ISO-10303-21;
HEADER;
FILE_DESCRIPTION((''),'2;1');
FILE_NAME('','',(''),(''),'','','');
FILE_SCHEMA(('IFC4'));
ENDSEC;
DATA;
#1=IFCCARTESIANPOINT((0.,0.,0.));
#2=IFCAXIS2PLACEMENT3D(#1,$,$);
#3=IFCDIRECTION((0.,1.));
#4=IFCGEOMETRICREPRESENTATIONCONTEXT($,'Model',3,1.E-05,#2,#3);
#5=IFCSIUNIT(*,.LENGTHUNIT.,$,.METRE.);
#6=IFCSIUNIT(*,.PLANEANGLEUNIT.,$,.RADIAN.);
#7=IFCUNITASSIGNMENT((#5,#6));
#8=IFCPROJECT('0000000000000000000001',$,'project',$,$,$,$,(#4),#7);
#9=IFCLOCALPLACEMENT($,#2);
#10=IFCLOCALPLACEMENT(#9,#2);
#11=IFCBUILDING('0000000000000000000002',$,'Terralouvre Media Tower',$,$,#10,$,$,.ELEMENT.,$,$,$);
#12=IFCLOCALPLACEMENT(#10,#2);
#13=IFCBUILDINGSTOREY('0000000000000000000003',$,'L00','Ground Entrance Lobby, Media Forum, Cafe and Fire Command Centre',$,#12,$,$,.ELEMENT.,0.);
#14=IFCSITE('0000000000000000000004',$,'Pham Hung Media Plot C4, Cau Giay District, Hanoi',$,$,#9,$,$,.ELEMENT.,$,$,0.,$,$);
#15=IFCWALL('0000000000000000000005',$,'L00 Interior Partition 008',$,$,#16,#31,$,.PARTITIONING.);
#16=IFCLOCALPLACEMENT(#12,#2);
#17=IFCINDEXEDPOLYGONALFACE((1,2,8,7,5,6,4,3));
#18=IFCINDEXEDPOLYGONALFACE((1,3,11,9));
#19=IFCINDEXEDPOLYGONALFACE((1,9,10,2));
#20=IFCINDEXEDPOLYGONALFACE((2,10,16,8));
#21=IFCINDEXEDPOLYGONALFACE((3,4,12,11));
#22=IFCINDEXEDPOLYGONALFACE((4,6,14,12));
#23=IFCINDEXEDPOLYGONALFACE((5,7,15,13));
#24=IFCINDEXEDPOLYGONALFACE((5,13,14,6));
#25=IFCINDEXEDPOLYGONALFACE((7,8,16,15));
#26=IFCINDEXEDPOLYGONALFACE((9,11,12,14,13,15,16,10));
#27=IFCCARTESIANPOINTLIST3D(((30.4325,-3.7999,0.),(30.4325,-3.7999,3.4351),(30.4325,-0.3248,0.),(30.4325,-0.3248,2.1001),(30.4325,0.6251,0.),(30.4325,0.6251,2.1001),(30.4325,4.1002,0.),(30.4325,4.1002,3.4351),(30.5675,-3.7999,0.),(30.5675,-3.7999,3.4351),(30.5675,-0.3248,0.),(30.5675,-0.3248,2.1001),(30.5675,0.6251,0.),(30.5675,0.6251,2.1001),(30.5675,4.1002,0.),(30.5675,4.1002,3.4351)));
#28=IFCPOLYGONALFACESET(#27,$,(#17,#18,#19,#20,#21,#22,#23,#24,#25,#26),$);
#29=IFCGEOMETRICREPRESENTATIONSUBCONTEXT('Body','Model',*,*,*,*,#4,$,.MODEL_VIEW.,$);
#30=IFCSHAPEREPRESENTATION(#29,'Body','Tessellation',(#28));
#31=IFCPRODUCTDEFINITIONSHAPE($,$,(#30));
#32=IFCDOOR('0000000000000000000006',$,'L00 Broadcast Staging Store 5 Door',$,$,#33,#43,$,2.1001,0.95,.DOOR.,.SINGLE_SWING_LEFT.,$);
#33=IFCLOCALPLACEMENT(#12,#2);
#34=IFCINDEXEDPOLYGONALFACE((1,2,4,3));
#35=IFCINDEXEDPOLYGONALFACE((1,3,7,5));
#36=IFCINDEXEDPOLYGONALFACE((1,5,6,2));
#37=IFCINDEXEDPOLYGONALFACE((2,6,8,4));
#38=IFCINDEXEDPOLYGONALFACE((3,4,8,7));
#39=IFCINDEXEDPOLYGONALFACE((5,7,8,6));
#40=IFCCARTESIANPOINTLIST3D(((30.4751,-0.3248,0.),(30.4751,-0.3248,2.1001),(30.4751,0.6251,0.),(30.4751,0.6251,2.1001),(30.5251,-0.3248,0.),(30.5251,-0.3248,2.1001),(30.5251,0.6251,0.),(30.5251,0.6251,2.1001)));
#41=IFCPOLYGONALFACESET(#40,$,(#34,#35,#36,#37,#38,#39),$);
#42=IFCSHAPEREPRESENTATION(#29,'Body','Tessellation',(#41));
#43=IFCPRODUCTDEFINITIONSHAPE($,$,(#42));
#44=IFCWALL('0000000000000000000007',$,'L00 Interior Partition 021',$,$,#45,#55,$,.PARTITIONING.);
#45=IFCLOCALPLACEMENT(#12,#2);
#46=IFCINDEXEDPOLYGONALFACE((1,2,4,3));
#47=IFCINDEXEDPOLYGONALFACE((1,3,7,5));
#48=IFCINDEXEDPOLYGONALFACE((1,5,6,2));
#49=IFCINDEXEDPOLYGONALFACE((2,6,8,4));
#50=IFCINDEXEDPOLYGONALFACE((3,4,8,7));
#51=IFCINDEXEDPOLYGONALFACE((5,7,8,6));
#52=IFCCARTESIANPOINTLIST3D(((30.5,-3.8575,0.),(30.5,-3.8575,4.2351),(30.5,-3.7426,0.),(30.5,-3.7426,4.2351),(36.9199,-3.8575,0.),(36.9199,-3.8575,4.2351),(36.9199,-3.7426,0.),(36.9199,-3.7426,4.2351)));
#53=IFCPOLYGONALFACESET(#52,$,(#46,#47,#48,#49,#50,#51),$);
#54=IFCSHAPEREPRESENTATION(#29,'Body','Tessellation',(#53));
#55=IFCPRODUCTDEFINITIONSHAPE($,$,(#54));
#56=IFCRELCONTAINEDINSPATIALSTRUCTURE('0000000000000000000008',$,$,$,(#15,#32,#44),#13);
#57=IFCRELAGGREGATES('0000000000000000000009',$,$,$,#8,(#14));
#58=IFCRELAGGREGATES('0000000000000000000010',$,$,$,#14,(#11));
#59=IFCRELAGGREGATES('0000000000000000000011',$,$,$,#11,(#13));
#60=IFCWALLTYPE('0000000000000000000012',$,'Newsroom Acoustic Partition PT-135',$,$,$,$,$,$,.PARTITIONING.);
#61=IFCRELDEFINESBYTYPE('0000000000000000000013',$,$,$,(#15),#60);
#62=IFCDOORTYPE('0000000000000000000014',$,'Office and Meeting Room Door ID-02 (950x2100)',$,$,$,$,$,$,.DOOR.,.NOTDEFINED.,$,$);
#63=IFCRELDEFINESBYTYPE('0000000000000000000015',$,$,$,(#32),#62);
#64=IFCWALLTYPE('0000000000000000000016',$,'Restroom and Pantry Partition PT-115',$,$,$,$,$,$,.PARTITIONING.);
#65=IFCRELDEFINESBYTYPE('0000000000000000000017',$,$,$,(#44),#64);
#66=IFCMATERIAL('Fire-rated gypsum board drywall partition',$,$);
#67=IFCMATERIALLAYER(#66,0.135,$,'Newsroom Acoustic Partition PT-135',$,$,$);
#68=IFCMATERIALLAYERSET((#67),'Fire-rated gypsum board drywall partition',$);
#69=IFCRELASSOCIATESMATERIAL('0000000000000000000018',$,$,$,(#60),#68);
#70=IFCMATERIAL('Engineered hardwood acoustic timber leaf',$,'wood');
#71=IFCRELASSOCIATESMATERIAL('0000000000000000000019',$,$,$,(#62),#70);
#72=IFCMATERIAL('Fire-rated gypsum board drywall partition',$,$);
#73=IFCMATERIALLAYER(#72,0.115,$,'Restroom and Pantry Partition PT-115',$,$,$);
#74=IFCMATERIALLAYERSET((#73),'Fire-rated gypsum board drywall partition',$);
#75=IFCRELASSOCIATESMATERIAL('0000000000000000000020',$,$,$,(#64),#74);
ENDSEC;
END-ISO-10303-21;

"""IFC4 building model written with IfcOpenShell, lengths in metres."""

from ifc_helpers import new_model, si_unit, direction, frame, frame_2d, origin, place, context, subcontext, project, spatial, rectangle, extrude, material, layer, layer_set, type_object, element, fill, save


model = new_model("IFC4")

# Units and contexts
model_context = context("Model", 3, precision=1e-05, world=origin(), true_north=direction((0.0, 1.0)))
body_context = subcontext(model_context, "Body", "Model", "MODEL_VIEW")
ifc_project = project(units=[si_unit("LENGTHUNIT", "METRE"), si_unit("PLANEANGLEUNIT", "RADIAN")], contexts=[model_context])

# Site, building, storey
site_placement = place(None, origin())
site = spatial("IfcSite", under=ifc_project, at=site_placement, Name="Pham Hung Media Plot C4, Cau Giay District, Hanoi", CompositionType="ELEMENT", RefElevation=0.0)
building_placement = place(site_placement, origin())
building = spatial("IfcBuilding", under=site, at=building_placement, Name="Terralouvre Media Tower", CompositionType="ELEMENT")
storey_placement = place(building_placement, origin())
storey = spatial("IfcBuildingStorey", under=building, at=storey_placement, Name="L00", Description="Ground Entrance Lobby, Media Forum, Cafe and Fire Command Centre", CompositionType="ELEMENT", Elevation=0.0)

# Wall, opening, door
ifc_material_1 = material(Name="Fire-rated gypsum board drywall partition")
ifc_layer_1 = layer(ifc_material_1, 0.135, Name="Newsroom Acoustic Partition PT-135")
ifc_layer_set_1 = layer_set([ifc_layer_1], Name="Fire-rated gypsum board drywall partition")
wall_type_1 = type_object("IfcWallType", Name="Newsroom Acoustic Partition PT-135", PredefinedType="PARTITIONING", material=ifc_layer_set_1)
wall_1_placement = place(storey_placement, frame((30.5, -3.8, 0.0), z_axis=(0.0, 0.0, 1.0), x_axis=(0.0, 1.0, 0.0)))
wall_1 = element("IfcWall", 1, at=wall_1_placement, inside=storey, type_object=wall_type_1, Name="L00 Interior Partition 008", PredefinedType="PARTITIONING", context=body_context, shape_type="SweptSolid", body=[
    extrude(rectangle(XDim=7.9001, YDim=0.135, at=frame_2d((3.9502, 0.0))), origin(), (0.0, 0.0, 1.0), 3.4351),
])
opening_1_placement = place(wall_1_placement, frame((3.4751, 0.0, 0.0)))
opening_1 = element("IfcOpeningElement", 2, at=opening_1_placement, cuts=wall_1, PredefinedType="OPENING", context=body_context, shape_type="SweptSolid", body=[
    extrude(rectangle(XDim=0.95, YDim=2.1001, at=frame_2d((0.4751, 1.05))), frame((0.0, 0.0774, 0.0), z_axis=(0.0, -1.0, 0.0), x_axis=(1.0, 0.0, 0.0)), (0.0, 0.0, 1.0), 0.155),
])
ifc_material_2 = material(Name="Engineered hardwood acoustic timber leaf", Category="wood")
door_type_1 = type_object("IfcDoorType", Name="Office and Meeting Room Door ID-02 (950x2100)", OperationType="NOTDEFINED", PredefinedType="DOOR", material=ifc_material_2)
door_1_placement = place(opening_1_placement, origin())
door_1 = element("IfcDoor", 3, at=door_1_placement, inside=storey, type_object=door_type_1, Name="L00 Broadcast Staging Store 5 Door", OperationType="SINGLE_SWING_LEFT", OverallHeight=2.1001, OverallWidth=0.95, PredefinedType="DOOR", context=body_context, shape_type="SweptSolid", body=[
    extrude(rectangle(XDim=0.95, YDim=2.1001, at=frame_2d((0.4751, 1.05))), frame((0.0, 0.0249, 0.0), z_axis=(0.0, -1.0, 0.0), x_axis=(1.0, 0.0, 0.0)), (0.0, 0.0, 1.0), 0.05),
])
fill(opening_1, door_1)

# Wall
ifc_material_3 = material(Name="Fire-rated gypsum board drywall partition")
ifc_layer_2 = layer(ifc_material_3, 0.115, Name="Restroom and Pantry Partition PT-115")
ifc_layer_set_2 = layer_set([ifc_layer_2], Name="Fire-rated gypsum board drywall partition")
wall_type_2 = type_object("IfcWallType", Name="Restroom and Pantry Partition PT-115", PredefinedType="PARTITIONING", material=ifc_layer_set_2)
wall_2_placement = place(storey_placement, frame((36.9199, -3.8, 0.0), z_axis=(0.0, 0.0, 1.0), x_axis=(-1.0, 0.0, 0.0)))
element("IfcWall", 4, at=wall_2_placement, inside=storey, type_object=wall_type_2, Name="L00 Interior Partition 021", PredefinedType="PARTITIONING", context=body_context, shape_type="SweptSolid", body=[
    extrude(rectangle(XDim=6.4199, YDim=0.115, at=frame_2d((3.21, 0.0))), origin(), (0.0, 0.0, 1.0), 4.2351),
])

save(model, "model.ifc")
